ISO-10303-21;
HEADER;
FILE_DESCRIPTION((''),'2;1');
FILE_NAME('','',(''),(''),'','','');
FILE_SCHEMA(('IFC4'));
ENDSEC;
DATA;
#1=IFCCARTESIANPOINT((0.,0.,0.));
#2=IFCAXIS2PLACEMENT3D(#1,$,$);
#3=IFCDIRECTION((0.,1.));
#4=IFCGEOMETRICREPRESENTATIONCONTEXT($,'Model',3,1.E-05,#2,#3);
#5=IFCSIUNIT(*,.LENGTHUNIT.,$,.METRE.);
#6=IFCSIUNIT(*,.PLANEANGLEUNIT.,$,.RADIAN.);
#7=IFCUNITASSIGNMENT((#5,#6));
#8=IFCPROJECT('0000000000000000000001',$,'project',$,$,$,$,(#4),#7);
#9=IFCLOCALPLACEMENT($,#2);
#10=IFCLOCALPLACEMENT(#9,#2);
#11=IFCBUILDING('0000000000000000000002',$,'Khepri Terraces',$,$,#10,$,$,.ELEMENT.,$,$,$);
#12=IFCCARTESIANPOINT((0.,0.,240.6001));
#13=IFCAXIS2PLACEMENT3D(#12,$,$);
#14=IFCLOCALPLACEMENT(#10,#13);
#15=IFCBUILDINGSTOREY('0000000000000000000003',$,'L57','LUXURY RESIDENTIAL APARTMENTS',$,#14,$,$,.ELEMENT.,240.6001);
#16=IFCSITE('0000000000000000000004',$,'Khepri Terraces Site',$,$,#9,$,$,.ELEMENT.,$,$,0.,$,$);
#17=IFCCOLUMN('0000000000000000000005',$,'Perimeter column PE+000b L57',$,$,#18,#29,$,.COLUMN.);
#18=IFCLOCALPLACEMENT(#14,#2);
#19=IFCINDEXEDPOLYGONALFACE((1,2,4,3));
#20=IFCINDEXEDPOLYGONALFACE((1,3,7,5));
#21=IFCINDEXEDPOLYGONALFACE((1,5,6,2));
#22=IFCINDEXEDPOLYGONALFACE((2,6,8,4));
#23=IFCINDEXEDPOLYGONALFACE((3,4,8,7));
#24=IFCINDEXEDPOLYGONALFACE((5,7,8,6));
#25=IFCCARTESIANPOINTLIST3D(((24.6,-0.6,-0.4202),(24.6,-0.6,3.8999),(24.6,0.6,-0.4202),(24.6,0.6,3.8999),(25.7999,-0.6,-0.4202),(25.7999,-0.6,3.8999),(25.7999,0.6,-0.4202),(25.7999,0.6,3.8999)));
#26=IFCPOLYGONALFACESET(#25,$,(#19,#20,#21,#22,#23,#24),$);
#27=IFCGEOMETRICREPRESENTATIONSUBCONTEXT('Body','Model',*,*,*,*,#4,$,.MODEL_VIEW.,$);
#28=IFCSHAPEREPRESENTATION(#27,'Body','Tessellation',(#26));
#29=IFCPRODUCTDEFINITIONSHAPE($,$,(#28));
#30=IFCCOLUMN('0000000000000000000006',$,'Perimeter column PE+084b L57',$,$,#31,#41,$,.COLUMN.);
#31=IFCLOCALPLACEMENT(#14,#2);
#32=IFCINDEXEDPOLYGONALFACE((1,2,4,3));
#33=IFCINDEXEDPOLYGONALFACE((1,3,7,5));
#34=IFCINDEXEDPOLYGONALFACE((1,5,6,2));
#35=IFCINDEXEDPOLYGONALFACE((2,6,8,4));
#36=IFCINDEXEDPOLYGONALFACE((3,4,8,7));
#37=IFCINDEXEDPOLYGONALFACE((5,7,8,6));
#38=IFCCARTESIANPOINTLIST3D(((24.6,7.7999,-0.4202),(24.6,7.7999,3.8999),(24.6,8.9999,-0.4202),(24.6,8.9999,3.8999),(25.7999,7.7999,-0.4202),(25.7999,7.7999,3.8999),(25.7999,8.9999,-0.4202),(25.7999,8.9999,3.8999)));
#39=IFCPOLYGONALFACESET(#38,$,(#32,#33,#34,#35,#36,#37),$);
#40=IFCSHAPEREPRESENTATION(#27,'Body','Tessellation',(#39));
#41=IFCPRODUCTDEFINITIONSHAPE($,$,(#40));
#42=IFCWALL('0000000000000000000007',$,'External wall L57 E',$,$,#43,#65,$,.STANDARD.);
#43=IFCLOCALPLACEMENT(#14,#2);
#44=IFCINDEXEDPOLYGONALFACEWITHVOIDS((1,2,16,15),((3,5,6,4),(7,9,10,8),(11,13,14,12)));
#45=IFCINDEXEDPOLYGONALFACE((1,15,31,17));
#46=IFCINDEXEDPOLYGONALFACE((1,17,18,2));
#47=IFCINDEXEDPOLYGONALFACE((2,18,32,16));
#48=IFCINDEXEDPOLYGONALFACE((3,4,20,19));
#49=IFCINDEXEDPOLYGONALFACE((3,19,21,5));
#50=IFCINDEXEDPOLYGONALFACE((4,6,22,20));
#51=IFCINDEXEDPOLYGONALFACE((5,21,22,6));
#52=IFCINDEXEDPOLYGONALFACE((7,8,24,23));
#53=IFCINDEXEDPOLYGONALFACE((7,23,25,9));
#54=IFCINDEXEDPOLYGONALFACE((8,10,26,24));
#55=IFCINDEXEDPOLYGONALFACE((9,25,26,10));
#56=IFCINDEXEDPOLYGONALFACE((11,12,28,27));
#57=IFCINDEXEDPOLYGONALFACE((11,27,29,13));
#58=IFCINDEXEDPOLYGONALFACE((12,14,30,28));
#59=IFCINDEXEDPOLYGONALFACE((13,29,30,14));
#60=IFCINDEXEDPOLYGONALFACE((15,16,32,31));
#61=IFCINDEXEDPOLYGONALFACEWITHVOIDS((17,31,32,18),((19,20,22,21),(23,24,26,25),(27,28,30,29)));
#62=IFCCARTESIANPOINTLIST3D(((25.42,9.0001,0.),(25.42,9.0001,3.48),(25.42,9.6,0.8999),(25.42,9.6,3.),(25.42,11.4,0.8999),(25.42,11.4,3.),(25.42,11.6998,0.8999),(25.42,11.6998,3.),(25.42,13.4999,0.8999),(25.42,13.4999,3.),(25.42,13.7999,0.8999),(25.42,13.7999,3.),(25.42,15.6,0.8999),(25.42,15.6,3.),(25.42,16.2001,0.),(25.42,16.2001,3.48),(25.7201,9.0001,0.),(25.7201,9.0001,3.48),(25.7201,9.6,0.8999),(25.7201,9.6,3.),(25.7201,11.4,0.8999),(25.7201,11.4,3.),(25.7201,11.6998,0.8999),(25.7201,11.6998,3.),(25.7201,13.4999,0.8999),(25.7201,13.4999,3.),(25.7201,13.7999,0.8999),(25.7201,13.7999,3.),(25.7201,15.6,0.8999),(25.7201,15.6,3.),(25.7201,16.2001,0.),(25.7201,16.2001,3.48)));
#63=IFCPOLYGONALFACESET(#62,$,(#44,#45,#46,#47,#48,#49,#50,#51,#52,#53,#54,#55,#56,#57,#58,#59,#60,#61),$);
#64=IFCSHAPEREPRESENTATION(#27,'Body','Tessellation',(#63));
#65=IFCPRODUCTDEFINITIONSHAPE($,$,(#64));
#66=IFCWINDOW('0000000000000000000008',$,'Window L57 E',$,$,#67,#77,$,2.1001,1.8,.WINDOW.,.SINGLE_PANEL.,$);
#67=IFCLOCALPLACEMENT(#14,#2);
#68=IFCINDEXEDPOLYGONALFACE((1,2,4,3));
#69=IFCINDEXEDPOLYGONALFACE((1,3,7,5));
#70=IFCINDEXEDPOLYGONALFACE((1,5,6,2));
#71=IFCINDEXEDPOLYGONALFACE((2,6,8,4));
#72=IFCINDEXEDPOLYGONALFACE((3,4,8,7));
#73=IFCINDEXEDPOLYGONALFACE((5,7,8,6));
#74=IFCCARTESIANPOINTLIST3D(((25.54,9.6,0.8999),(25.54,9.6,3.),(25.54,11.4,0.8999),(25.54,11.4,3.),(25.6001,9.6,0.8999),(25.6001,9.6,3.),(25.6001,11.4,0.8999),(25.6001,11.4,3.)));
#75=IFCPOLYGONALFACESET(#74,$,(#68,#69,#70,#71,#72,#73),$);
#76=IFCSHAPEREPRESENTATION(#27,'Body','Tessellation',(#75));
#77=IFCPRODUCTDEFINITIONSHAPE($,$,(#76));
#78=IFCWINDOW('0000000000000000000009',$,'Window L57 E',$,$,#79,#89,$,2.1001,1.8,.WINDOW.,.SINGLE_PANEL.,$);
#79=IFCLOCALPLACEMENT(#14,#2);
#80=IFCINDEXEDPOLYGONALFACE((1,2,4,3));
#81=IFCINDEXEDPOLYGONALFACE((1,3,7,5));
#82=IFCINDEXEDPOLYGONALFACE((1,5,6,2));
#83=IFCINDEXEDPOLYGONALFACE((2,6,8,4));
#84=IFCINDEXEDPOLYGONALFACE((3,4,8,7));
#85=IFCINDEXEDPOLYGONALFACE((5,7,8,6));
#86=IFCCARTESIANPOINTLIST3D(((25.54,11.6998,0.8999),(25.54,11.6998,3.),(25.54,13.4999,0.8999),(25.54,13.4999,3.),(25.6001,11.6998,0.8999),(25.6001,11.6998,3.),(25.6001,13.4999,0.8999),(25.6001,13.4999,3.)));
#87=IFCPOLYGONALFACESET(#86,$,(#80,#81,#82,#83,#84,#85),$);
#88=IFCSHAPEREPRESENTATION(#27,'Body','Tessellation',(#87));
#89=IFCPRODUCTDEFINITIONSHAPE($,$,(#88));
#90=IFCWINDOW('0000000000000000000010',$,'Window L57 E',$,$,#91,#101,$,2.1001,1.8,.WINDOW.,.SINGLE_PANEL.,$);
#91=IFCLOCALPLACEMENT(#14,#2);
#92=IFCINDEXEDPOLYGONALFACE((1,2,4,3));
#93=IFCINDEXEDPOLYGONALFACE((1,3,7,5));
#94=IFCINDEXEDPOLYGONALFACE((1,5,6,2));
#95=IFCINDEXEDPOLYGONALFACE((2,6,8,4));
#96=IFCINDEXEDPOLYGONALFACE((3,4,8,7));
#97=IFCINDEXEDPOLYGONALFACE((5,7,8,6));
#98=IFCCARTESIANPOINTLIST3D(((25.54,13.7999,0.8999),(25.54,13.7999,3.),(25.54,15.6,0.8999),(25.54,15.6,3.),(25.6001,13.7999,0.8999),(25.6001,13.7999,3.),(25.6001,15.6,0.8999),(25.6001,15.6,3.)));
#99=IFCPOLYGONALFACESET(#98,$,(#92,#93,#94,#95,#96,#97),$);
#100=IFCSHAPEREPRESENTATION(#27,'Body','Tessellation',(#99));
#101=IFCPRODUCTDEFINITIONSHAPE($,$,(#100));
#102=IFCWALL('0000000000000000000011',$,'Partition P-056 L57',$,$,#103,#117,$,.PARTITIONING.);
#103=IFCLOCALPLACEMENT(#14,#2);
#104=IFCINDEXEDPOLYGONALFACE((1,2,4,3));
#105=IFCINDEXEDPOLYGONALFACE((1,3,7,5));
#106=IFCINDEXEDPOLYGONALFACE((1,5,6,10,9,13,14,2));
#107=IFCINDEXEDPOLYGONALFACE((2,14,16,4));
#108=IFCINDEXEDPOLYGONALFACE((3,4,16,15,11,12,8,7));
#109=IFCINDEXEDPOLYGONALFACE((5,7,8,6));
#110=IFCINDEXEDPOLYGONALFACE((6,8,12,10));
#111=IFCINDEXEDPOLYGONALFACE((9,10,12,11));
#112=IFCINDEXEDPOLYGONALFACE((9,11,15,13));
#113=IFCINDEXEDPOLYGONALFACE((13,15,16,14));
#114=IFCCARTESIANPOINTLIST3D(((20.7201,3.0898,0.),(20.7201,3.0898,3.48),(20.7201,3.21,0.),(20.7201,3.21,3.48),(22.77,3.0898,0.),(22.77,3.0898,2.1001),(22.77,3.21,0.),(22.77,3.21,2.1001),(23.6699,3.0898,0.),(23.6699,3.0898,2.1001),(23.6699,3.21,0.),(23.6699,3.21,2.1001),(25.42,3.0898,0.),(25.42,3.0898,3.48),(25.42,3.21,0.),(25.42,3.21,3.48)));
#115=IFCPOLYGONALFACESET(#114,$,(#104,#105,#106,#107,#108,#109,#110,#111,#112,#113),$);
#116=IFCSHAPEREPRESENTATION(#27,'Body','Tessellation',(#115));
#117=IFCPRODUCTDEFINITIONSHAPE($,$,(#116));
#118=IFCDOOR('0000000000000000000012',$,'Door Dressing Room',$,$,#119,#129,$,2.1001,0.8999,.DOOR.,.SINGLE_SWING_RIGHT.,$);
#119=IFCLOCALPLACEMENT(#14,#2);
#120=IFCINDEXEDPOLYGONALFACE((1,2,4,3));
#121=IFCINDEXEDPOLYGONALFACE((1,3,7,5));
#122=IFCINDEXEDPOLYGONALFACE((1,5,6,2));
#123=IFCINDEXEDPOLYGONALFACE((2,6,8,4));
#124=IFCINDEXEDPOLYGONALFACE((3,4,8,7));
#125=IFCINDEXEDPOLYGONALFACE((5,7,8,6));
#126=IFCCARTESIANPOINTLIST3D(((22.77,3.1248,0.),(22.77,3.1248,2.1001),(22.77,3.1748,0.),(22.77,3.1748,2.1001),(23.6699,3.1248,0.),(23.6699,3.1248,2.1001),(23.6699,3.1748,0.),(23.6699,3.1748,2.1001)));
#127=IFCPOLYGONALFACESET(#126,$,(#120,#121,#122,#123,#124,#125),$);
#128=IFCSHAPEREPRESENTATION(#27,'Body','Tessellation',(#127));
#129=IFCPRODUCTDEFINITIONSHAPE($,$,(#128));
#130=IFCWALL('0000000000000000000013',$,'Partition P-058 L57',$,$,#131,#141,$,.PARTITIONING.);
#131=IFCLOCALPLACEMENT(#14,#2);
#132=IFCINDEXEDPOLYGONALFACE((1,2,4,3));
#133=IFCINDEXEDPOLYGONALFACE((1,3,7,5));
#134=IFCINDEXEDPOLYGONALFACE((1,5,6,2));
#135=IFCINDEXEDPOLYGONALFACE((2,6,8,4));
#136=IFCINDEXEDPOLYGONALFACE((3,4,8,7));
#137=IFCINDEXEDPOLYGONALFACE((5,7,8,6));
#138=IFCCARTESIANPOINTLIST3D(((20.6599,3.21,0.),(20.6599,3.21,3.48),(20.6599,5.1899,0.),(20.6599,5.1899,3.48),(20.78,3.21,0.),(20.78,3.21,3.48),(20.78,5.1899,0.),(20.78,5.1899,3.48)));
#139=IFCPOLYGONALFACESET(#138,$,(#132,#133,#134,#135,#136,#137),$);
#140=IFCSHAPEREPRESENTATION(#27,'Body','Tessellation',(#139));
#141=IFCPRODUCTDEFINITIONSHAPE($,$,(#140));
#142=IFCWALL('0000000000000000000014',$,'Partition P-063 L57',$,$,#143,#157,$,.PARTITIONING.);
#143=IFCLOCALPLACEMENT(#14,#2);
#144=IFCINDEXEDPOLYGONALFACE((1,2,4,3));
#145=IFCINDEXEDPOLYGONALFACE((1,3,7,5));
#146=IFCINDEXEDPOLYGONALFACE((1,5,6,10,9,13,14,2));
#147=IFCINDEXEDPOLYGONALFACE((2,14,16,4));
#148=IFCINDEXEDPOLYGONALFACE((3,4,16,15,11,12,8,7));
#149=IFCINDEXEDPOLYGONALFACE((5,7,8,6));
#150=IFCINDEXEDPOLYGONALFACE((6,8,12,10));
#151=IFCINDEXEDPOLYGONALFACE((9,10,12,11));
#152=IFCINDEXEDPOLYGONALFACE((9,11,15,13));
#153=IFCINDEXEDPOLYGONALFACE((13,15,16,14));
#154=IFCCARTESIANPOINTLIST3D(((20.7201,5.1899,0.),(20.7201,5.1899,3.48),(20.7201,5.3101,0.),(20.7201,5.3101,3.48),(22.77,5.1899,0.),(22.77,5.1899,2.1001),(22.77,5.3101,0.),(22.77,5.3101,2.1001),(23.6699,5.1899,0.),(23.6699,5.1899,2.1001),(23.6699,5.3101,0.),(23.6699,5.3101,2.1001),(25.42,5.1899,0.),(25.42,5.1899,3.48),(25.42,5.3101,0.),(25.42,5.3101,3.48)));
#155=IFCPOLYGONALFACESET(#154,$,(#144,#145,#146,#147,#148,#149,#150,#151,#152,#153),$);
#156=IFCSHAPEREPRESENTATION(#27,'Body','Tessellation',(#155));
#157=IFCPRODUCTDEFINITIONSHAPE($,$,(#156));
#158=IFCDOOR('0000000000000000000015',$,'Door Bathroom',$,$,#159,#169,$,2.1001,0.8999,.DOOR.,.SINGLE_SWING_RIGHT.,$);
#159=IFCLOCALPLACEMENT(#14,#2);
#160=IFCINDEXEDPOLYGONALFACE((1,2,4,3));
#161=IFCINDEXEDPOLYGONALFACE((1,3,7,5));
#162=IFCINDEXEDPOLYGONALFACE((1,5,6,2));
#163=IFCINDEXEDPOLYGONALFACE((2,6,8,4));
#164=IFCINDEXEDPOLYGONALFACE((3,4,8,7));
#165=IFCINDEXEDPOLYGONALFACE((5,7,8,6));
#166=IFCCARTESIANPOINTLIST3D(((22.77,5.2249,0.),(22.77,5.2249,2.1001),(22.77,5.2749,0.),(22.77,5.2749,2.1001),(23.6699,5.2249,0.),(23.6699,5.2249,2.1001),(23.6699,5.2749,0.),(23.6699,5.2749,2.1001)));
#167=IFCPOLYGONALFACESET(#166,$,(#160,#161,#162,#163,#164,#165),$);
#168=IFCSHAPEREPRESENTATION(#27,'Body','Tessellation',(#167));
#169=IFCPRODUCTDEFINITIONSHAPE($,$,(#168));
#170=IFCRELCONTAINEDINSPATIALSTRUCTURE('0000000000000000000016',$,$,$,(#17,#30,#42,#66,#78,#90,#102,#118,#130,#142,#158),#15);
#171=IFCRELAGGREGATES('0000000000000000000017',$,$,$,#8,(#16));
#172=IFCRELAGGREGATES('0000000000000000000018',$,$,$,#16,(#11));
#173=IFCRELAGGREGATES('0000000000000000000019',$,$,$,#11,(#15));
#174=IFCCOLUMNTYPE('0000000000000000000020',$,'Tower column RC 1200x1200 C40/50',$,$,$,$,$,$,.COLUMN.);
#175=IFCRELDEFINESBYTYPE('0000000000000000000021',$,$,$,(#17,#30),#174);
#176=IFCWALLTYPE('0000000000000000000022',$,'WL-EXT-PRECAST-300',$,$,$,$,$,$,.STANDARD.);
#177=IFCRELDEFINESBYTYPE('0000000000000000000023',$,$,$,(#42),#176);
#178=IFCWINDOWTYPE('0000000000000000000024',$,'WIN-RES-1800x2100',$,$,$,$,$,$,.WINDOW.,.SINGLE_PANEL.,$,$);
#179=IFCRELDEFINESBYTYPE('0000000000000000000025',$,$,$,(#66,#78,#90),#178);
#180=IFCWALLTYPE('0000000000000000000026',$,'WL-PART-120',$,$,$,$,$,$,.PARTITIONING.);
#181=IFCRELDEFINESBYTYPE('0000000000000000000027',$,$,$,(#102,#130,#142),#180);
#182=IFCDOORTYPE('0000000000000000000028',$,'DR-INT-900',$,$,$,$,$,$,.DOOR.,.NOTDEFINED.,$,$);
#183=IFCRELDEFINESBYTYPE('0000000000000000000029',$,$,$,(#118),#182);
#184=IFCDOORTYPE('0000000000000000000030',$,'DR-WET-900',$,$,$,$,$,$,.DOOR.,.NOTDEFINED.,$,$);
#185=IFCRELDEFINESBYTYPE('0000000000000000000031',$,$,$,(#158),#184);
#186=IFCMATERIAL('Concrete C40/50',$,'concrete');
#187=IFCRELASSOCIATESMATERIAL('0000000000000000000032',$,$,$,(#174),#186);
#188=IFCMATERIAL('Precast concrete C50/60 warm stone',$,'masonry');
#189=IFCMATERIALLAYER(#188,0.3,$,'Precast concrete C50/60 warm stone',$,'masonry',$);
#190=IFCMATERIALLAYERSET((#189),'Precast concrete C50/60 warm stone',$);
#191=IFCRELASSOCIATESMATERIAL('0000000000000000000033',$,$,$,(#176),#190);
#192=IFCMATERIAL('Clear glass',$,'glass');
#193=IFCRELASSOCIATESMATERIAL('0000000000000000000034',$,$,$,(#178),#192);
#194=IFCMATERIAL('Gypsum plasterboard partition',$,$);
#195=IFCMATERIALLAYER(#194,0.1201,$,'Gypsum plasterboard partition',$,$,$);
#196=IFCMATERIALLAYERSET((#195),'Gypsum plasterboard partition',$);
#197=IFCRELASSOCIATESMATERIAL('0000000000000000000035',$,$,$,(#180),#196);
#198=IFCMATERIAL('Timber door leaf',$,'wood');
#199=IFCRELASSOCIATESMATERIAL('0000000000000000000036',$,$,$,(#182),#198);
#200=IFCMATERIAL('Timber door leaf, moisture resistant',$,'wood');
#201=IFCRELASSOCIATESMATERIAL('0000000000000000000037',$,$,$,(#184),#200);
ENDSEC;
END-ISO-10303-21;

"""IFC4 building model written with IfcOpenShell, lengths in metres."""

from ifc_helpers import new_model, si_unit, direction, frame, frame_2d, origin, origin_2d, place, context, subcontext, project, spatial, rectangle, extrude, material, layer, layer_set, material_profile, profile_set, type_object, element, fill, save


model = new_model("IFC4")

# Units and contexts
model_context = context("Model", 3, precision=1e-05, world=origin(), true_north=direction((0.0, 1.0)))
body_context = subcontext(model_context, "Body", "Model", "MODEL_VIEW")
ifc_project = project(units=[si_unit("LENGTHUNIT", "METRE"), si_unit("PLANEANGLEUNIT", "RADIAN")], contexts=[model_context])

# Site, building, storey
site_placement = place(None, origin())
site = spatial("IfcSite", under=ifc_project, at=site_placement, Name="Khepri Terraces Site", CompositionType="ELEMENT", RefElevation=0.0)
building_placement = place(site_placement, origin())
building = spatial("IfcBuilding", under=site, at=building_placement, Name="Khepri Terraces", CompositionType="ELEMENT")
storey_placement = place(building_placement, frame((0.0, 0.0, 240.6001)))
storey = spatial("IfcBuildingStorey", under=building, at=storey_placement, Name="L57", Description="LUXURY RESIDENTIAL APARTMENTS", CompositionType="ELEMENT", Elevation=240.6001)

# Columns
ifc_material_1 = material(Name="Concrete C40/50", Category="concrete")
ifc_material_profile = material_profile(ifc_material_1, rectangle(XDim=1.2, YDim=1.2, at=origin_2d()), Name="Concrete C40/50", Category="concrete")
ifc_profile_set = profile_set([ifc_material_profile], Name="Concrete C40/50")
column_type = type_object("IfcColumnType", Name="Tower column RC 1200x1200 C40/50", PredefinedType="COLUMN", material=ifc_profile_set)
for number, where, z_axis, x_axis, name in (
    (1, (25.2, 0.0, -0.4202), (0.0, 0.0, 1.0), (1.0, 0.0, 0.0), "Perimeter column PE+000b L57"),
    (2, (25.2, 8.3999, -0.4202), (0.0, 0.0, 1.0), (1.0, 0.0, 0.0), "Perimeter column PE+084b L57"),
):
    element("IfcColumn", number, at=place(storey_placement, frame(where, z_axis=z_axis, x_axis=x_axis)), inside=storey, type_object=column_type, Name=name, PredefinedType="COLUMN", context=body_context, shape_type="SweptSolid", body=[
        extrude(rectangle(XDim=1.2, YDim=1.2, at=origin_2d()), origin(), (0.0, 0.0, 1.0), 4.3201),
    ])

# Shared definitions
ifc_material_2 = material(Name="Precast concrete C50/60 warm stone", Category="masonry")
ifc_layer_1 = layer(ifc_material_2, 0.3, Name="Precast concrete C50/60 warm stone", Category="masonry")
ifc_layer_set_1 = layer_set([ifc_layer_1], Name="Precast concrete C50/60 warm stone")
wall_type_1 = type_object("IfcWallType", Name="WL-EXT-PRECAST-300", PredefinedType="STANDARD", material=ifc_layer_set_1)
ifc_material_3 = material(Name="Clear glass", Category="glass")
window_type = type_object("IfcWindowType", Name="WIN-RES-1800x2100", PartitioningType="SINGLE_PANEL", PredefinedType="WINDOW", material=ifc_material_3)

# Wall, openings, windows
wall_1_placement = place(storey_placement, frame((25.5701, 9.0, 0.0), z_axis=(0.0, 0.0, 1.0), x_axis=(0.0, 1.0, 0.0)))
wall_1 = element("IfcWall", 3, at=wall_1_placement, inside=storey, type_object=wall_type_1, Name="External wall L57 E", PredefinedType="STANDARD", context=body_context, shape_type="SweptSolid", body=[
    extrude(rectangle(XDim=7.2, YDim=0.3, at=frame_2d((3.6001, 0.0))), origin(), (0.0, 0.0, 1.0), 3.48),
])
opening_1_placement = place(wall_1_placement, frame((0.6001, 0.0, 0.8999)))
opening_1 = element("IfcOpeningElement", 4, at=opening_1_placement, cuts=wall_1, PredefinedType="OPENING", context=body_context, shape_type="SweptSolid", body=[
    extrude(rectangle(XDim=1.8, YDim=2.1001, at=frame_2d((0.8999, 1.05))), frame((0.0, 0.1602, 0.0), z_axis=(0.0, -1.0, 0.0), x_axis=(1.0, 0.0, 0.0)), (0.0, 0.0, 1.0), 0.3201),
])
opening_2_placement = place(wall_1_placement, frame((2.7, 0.0, 0.8999)))
opening_2 = element("IfcOpeningElement", 5, at=opening_2_placement, cuts=wall_1, PredefinedType="OPENING", context=body_context, shape_type="SweptSolid", body=[
    extrude(rectangle(XDim=1.8, YDim=2.1001, at=frame_2d((0.8999, 1.05))), frame((0.0, 0.1602, 0.0), z_axis=(0.0, -1.0, 0.0), x_axis=(1.0, 0.0, 0.0)), (0.0, 0.0, 1.0), 0.3201),
])
opening_3_placement = place(wall_1_placement, frame((4.8, 0.0, 0.8999)))
opening_3 = element("IfcOpeningElement", 6, at=opening_3_placement, cuts=wall_1, PredefinedType="OPENING", context=body_context, shape_type="SweptSolid", body=[
    extrude(rectangle(XDim=1.8, YDim=2.1001, at=frame_2d((0.8999, 1.05))), frame((0.0, 0.1602, 0.0), z_axis=(0.0, -1.0, 0.0), x_axis=(1.0, 0.0, 0.0)), (0.0, 0.0, 1.0), 0.3201),
])
window_1_placement = place(opening_1_placement, origin())
window_1 = element("IfcWindow", 7, at=window_1_placement, inside=storey, type_object=window_type, Name="Window L57 E", OverallHeight=2.1001, OverallWidth=1.8, PartitioningType="SINGLE_PANEL", PredefinedType="WINDOW", context=body_context, shape_type="SweptSolid", body=[
    extrude(rectangle(XDim=1.8, YDim=2.1001, at=frame_2d((0.8999, 1.05))), frame((0.0, 0.03, 0.0), z_axis=(0.0, -1.0, 0.0), x_axis=(1.0, 0.0, 0.0)), (0.0, 0.0, 1.0), 0.0601),
])
fill(opening_1, window_1)
window_2_placement = place(opening_2_placement, origin())
window_2 = element("IfcWindow", 8, at=window_2_placement, inside=storey, type_object=window_type, Name="Window L57 E", OverallHeight=2.1001, OverallWidth=1.8, PartitioningType="SINGLE_PANEL", PredefinedType="WINDOW", context=body_context, shape_type="SweptSolid", body=[
    extrude(rectangle(XDim=1.8, YDim=2.1001, at=frame_2d((0.8999, 1.05))), frame((0.0, 0.03, 0.0), z_axis=(0.0, -1.0, 0.0), x_axis=(1.0, 0.0, 0.0)), (0.0, 0.0, 1.0), 0.0601),
])
fill(opening_2, window_2)
window_3_placement = place(opening_3_placement, origin())
window_3 = element("IfcWindow", 9, at=window_3_placement, inside=storey, type_object=window_type, Name="Window L57 E", OverallHeight=2.1001, OverallWidth=1.8, PartitioningType="SINGLE_PANEL", PredefinedType="WINDOW", context=body_context, shape_type="SweptSolid", body=[
    extrude(rectangle(XDim=1.8, YDim=2.1001, at=frame_2d((0.8999, 1.05))), frame((0.0, 0.03, 0.0), z_axis=(0.0, -1.0, 0.0), x_axis=(1.0, 0.0, 0.0)), (0.0, 0.0, 1.0), 0.0601),
])
fill(opening_3, window_3)

# Wall, opening, door
ifc_material_4 = material(Name="Gypsum plasterboard partition")
ifc_layer_2 = layer(ifc_material_4, 0.1201, Name="Gypsum plasterboard partition")
ifc_layer_set_2 = layer_set([ifc_layer_2], Name="Gypsum plasterboard partition")
wall_type_2 = type_object("IfcWallType", Name="WL-PART-120", PredefinedType="PARTITIONING", material=ifc_layer_set_2)
wall_2_placement = place(storey_placement, frame((20.72, 3.1499, 0.0), z_axis=(0.0, 0.0, 1.0), x_axis=(1.0, 0.0, 0.0)))
wall_2 = element("IfcWall", 10, at=wall_2_placement, inside=storey, type_object=wall_type_2, Name="Partition P-056 L57", PredefinedType="PARTITIONING", context=body_context, shape_type="SweptSolid", body=[
    extrude(rectangle(XDim=4.7, YDim=0.1201, at=frame_2d((2.3501, 0.0))), origin(), (0.0, 0.0, 1.0), 3.48),
])
opening_4_placement = place(wall_2_placement, frame((2.05, 0.0, 0.0)))
opening_4 = element("IfcOpeningElement", 11, at=opening_4_placement, cuts=wall_2, PredefinedType="OPENING", context=body_context, shape_type="SweptSolid", body=[
    extrude(rectangle(XDim=0.8999, YDim=2.1001, at=frame_2d((0.45, 1.05))), frame((0.0, 0.0701, 0.0), z_axis=(0.0, -1.0, 0.0), x_axis=(1.0, 0.0, 0.0)), (0.0, 0.0, 1.0), 0.1401),
])
ifc_material_5 = material(Name="Timber door leaf", Category="wood")
door_type_1 = type_object("IfcDoorType", Name="DR-INT-900", OperationType="NOTDEFINED", PredefinedType="DOOR", material=ifc_material_5)
door_1_placement = place(opening_4_placement, origin())
door_1 = element("IfcDoor", 12, at=door_1_placement, inside=storey, type_object=door_type_1, Name="Door Dressing Room", OperationType="SINGLE_SWING_RIGHT", OverallHeight=2.1001, OverallWidth=0.8999, PredefinedType="DOOR", context=body_context, shape_type="SweptSolid", body=[
    extrude(rectangle(XDim=0.8999, YDim=2.1001, at=frame_2d((0.45, 1.05))), frame((0.0, 0.0249, 0.0), z_axis=(0.0, -1.0, 0.0), x_axis=(1.0, 0.0, 0.0)), (0.0, 0.0, 1.0), 0.05),
])
fill(opening_4, door_1)

# Wall
wall_3_placement = place(storey_placement, frame((20.72, 3.21, 0.0), z_axis=(0.0, 0.0, 1.0), x_axis=(0.0, 1.0, 0.0)))
element("IfcWall", 13, at=wall_3_placement, inside=storey, type_object=wall_type_2, Name="Partition P-058 L57", PredefinedType="PARTITIONING", context=body_context, shape_type="SweptSolid", body=[
    extrude(rectangle(XDim=1.98, YDim=0.1201, at=frame_2d((0.99, 0.0))), origin(), (0.0, 0.0, 1.0), 3.48),
])

# Wall, opening, door
wall_4_placement = place(storey_placement, frame((20.72, 5.25, 0.0), z_axis=(0.0, 0.0, 1.0), x_axis=(1.0, 0.0, 0.0)))
wall_4 = element("IfcWall", 14, at=wall_4_placement, inside=storey, type_object=wall_type_2, Name="Partition P-063 L57", PredefinedType="PARTITIONING", context=body_context, shape_type="SweptSolid", body=[
    extrude(rectangle(XDim=4.7, YDim=0.1201, at=frame_2d((2.3501, 0.0))), origin(), (0.0, 0.0, 1.0), 3.48),
])
opening_5_placement = place(wall_4_placement, frame((2.05, 0.0, 0.0)))
opening_5 = element("IfcOpeningElement", 15, at=opening_5_placement, cuts=wall_4, PredefinedType="OPENING", context=body_context, shape_type="SweptSolid", body=[
    extrude(rectangle(XDim=0.8999, YDim=2.1001, at=frame_2d((0.45, 1.05))), frame((0.0, 0.0701, 0.0), z_axis=(0.0, -1.0, 0.0), x_axis=(1.0, 0.0, 0.0)), (0.0, 0.0, 1.0), 0.1401),
])
ifc_material_6 = material(Name="Timber door leaf, moisture resistant", Category="wood")
door_type_2 = type_object("IfcDoorType", Name="DR-WET-900", OperationType="NOTDEFINED", PredefinedType="DOOR", material=ifc_material_6)
door_2_placement = place(opening_5_placement, origin())
door_2 = element("IfcDoor", 16, at=door_2_placement, inside=storey, type_object=door_type_2, Name="Door Bathroom", OperationType="SINGLE_SWING_RIGHT", OverallHeight=2.1001, OverallWidth=0.8999, PredefinedType="DOOR", context=body_context, shape_type="SweptSolid", body=[
    extrude(rectangle(XDim=0.8999, YDim=2.1001, at=frame_2d((0.45, 1.05))), frame((0.0, 0.0249, 0.0), z_axis=(0.0, -1.0, 0.0), x_axis=(1.0, 0.0, 0.0)), (0.0, 0.0, 1.0), 0.05),
])
fill(opening_5, door_2)

save(model, "model.ifc")
